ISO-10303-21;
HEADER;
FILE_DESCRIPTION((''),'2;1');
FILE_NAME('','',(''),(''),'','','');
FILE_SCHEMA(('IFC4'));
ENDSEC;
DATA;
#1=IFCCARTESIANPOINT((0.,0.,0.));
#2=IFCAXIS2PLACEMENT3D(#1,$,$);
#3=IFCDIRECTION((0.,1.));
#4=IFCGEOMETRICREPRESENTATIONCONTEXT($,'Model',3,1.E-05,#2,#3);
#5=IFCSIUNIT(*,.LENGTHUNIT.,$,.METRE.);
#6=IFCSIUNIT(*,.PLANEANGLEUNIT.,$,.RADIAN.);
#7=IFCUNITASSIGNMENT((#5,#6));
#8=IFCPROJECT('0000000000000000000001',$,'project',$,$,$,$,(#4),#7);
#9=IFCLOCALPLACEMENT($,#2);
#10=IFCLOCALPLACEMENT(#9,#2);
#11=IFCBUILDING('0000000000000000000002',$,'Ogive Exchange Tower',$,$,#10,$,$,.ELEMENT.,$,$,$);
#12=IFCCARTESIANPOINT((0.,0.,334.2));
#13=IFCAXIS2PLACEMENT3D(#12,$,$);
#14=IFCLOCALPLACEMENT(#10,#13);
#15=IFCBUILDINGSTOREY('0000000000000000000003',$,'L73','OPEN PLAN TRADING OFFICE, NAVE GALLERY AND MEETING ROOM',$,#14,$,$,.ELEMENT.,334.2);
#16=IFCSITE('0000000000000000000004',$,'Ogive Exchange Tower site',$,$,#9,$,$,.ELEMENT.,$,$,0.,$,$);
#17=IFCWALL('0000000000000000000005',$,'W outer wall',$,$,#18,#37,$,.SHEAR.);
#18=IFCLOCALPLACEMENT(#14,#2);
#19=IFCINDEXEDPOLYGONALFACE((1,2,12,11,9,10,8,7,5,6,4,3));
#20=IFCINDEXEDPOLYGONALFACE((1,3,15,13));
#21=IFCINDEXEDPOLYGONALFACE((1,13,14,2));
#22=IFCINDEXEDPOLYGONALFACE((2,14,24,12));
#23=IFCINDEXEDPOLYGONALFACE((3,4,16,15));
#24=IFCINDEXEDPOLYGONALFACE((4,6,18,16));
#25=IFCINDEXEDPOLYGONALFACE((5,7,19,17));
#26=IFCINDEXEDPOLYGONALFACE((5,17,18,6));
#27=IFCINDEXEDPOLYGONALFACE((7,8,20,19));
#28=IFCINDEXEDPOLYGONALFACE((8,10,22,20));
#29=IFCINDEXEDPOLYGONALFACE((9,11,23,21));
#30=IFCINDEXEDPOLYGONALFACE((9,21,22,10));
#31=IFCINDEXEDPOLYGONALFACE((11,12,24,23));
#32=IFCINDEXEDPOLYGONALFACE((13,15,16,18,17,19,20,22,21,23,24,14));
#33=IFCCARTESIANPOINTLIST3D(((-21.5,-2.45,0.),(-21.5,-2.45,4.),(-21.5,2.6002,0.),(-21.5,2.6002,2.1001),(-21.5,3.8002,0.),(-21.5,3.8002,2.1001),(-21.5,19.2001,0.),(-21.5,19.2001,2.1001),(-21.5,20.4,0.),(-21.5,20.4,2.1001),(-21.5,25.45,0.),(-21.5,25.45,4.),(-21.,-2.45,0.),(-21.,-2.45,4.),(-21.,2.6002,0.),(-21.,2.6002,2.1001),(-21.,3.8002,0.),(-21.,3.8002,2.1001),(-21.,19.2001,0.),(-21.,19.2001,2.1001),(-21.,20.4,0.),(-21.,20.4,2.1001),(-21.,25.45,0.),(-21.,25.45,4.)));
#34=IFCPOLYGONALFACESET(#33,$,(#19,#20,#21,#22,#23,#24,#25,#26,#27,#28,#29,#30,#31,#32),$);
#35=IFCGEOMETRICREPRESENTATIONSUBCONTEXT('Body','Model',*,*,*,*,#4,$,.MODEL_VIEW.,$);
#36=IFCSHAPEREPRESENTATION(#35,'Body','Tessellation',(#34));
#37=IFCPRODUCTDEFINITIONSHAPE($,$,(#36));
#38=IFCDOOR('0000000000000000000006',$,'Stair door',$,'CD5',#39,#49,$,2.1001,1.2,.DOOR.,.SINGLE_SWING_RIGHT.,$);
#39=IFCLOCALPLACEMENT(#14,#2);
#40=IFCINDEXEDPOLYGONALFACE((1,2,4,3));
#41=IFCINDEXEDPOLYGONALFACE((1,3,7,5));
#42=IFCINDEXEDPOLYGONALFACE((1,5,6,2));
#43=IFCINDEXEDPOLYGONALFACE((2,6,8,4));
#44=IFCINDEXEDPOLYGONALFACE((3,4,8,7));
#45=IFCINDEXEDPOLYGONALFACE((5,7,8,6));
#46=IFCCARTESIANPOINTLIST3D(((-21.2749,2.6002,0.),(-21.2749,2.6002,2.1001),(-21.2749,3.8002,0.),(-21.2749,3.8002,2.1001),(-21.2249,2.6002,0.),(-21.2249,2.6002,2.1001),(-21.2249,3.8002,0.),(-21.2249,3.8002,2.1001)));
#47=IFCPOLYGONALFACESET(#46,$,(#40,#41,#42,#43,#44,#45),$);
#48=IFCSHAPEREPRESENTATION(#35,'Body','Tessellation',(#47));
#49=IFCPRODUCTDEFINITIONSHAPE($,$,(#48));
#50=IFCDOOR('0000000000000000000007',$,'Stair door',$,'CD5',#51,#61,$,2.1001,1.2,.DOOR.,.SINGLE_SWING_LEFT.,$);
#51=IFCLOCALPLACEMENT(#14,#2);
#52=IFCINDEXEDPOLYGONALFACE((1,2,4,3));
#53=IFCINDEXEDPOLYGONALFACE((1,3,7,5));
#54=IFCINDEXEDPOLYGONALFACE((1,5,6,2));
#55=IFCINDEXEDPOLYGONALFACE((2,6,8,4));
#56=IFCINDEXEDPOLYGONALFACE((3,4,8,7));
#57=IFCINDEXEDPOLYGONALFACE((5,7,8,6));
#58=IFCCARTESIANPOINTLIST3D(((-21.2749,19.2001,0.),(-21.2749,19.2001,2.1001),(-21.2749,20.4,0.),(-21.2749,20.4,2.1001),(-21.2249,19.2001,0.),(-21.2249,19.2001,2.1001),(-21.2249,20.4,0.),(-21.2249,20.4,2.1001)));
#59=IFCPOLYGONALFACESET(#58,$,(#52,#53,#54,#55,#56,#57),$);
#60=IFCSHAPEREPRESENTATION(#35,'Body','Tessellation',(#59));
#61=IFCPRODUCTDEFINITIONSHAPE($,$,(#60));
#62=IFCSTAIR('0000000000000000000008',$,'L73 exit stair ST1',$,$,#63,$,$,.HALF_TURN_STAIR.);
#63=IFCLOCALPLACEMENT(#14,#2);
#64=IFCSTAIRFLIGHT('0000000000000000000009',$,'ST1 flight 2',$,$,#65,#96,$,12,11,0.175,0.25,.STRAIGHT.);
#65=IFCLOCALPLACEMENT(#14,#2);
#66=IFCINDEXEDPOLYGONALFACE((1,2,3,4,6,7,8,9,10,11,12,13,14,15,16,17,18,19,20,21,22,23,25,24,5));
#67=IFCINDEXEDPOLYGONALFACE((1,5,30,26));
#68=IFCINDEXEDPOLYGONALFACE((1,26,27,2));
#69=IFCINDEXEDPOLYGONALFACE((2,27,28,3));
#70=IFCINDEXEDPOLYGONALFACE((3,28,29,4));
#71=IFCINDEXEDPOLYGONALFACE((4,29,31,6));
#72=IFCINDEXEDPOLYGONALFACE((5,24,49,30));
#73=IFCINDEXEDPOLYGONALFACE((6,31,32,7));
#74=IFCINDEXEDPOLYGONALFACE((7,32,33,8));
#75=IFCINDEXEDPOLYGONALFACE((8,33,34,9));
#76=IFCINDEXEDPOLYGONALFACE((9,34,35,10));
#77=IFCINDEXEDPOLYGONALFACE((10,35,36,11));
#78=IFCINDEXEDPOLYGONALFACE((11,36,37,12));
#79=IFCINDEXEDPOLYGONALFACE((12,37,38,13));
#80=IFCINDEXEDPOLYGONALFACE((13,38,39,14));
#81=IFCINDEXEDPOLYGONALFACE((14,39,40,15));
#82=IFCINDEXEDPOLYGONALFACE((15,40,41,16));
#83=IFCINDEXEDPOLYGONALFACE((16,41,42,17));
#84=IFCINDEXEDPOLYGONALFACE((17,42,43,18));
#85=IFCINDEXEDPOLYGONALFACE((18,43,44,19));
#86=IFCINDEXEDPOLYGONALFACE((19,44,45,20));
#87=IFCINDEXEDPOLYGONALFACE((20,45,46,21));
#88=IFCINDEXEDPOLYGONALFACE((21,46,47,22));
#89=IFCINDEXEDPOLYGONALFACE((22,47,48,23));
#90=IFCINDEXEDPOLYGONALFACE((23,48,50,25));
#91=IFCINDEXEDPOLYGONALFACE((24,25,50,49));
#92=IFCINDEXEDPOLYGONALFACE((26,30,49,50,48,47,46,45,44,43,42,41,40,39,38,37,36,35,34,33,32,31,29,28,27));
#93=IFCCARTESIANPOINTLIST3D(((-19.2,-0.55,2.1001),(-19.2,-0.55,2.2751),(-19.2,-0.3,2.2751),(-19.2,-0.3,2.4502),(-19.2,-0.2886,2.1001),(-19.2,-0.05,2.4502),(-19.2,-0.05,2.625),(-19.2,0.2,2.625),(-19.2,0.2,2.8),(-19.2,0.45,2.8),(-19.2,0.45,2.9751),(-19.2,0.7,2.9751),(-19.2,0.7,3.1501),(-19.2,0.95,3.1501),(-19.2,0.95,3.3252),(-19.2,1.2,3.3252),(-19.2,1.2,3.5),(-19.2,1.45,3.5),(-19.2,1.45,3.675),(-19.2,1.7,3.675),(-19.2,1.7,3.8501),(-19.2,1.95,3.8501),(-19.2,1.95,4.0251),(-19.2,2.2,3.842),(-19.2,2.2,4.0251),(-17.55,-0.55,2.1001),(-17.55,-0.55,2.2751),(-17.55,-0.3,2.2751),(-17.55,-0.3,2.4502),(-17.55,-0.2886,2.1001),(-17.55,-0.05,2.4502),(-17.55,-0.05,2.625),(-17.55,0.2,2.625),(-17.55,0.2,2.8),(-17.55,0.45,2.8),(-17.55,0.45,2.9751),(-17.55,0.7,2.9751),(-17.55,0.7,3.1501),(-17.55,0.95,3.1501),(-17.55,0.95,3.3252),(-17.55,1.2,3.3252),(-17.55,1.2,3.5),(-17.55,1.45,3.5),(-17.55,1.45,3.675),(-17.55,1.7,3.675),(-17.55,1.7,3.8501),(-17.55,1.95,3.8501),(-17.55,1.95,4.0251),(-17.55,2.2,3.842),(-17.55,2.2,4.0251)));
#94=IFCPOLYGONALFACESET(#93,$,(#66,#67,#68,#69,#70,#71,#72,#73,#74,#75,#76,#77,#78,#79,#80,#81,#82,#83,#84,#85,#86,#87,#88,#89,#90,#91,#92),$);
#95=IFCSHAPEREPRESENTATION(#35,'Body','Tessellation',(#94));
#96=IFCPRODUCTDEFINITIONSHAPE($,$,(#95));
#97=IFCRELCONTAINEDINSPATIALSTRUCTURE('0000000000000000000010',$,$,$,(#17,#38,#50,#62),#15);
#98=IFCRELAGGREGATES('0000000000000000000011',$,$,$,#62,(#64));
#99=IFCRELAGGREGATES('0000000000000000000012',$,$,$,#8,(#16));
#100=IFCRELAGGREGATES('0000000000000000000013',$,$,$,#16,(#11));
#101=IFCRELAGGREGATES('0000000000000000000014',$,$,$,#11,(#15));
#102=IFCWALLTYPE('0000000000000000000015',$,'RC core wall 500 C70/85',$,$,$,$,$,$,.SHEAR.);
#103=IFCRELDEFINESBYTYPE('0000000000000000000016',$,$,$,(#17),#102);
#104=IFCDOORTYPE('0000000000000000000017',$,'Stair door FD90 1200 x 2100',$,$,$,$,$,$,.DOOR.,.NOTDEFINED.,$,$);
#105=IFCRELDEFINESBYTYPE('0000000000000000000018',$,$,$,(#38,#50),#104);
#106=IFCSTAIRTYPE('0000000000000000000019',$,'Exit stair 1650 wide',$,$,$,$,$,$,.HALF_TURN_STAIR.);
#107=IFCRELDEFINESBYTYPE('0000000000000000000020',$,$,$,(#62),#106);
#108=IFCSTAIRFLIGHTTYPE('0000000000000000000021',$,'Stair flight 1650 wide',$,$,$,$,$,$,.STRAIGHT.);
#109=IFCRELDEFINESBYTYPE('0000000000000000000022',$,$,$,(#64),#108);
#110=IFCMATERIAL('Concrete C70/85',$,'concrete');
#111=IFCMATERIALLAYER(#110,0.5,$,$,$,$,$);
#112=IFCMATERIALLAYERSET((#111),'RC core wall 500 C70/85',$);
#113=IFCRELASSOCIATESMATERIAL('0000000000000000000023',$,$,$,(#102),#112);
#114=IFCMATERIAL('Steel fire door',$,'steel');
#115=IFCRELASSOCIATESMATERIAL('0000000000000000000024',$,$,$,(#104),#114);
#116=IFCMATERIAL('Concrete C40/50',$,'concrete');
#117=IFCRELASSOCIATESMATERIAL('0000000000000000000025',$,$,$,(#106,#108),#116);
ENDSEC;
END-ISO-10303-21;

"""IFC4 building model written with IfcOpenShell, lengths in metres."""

from ifc_helpers import new_model, si_unit, direction, frame, frame_2d, origin, place, context, subcontext, project, spatial, polyline, rectangle, outline, extrude, material, layer, layer_set, type_object, element, fill, aggregate, save


model = new_model("IFC4")

# Units and contexts
model_context = context("Model", 3, precision=1e-05, world=origin(), true_north=direction((0.0, 1.0)))
body_context = subcontext(model_context, "Body", "Model", "MODEL_VIEW")
ifc_project = project(units=[si_unit("LENGTHUNIT", "METRE"), si_unit("PLANEANGLEUNIT", "RADIAN")], contexts=[model_context])

# Site, building, storey
site_placement = place(None, origin())
site = spatial("IfcSite", under=ifc_project, at=site_placement, Name="Ogive Exchange Tower site", CompositionType="ELEMENT", RefElevation=0.0)
building_placement = place(site_placement, origin())
building = spatial("IfcBuilding", under=site, at=building_placement, Name="Ogive Exchange Tower", CompositionType="ELEMENT")
storey_placement = place(building_placement, frame((0.0, 0.0, 334.2)))
storey = spatial("IfcBuildingStorey", under=building, at=storey_placement, Name="L73", Description="OPEN PLAN TRADING OFFICE, NAVE GALLERY AND MEETING ROOM", CompositionType="ELEMENT", Elevation=334.2)

# Shared definitions
ifc_material_1 = material(Name="Concrete C70/85", Category="concrete")

# Wall, openings, doors
ifc_layer_1 = layer(ifc_material_1, 0.5)
ifc_layer_set_1 = layer_set([ifc_layer_1], Name="RC core wall 500 C70/85")
wall_type_1 = type_object("IfcWallType", Name="RC core wall 500 C70/85", PredefinedType="SHEAR", material=ifc_layer_set_1)
wall_1_placement = place(storey_placement, frame((-21.25, -2.45, 0.0), z_axis=(0.0, 0.0, 1.0), x_axis=(0.0, 1.0, 0.0)))
wall_1 = element("IfcWall", 1, at=wall_1_placement, inside=storey, type_object=wall_type_1, Name="W outer wall", PredefinedType="SHEAR", context=body_context, shape_type="SweptSolid", body=[
    extrude(rectangle(XDim=27.8999, YDim=0.5, at=frame_2d((13.95, 0.0))), origin(), (0.0, 0.0, 1.0), 4.0),
])
opening_1_placement = place(wall_1_placement, frame((5.05, 0.0, 0.0)))
opening_1 = element("IfcOpeningElement", 2, at=opening_1_placement, cuts=wall_1, PredefinedType="OPENING", context=body_context, shape_type="SweptSolid", body=[
    extrude(rectangle(XDim=1.2, YDim=2.1001, at=frame_2d((0.6001, 1.05))), frame((0.0, 0.26, 0.0), z_axis=(0.0, -1.0, 0.0), x_axis=(1.0, 0.0, 0.0)), (0.0, 0.0, 1.0), 0.52),
])
opening_2_placement = place(wall_1_placement, frame((21.6499, 0.0, 0.0)))
opening_2 = element("IfcOpeningElement", 3, at=opening_2_placement, cuts=wall_1, PredefinedType="OPENING", context=body_context, shape_type="SweptSolid", body=[
    extrude(rectangle(XDim=1.2, YDim=2.1001, at=frame_2d((0.6001, 1.05))), frame((0.0, 0.26, 0.0), z_axis=(0.0, -1.0, 0.0), x_axis=(1.0, 0.0, 0.0)), (0.0, 0.0, 1.0), 0.52),
])
ifc_material_2 = material(Name="Steel fire door", Category="steel")
door_type_1 = type_object("IfcDoorType", Name="Stair door FD90 1200 x 2100", OperationType="NOTDEFINED", PredefinedType="DOOR", material=ifc_material_2)
door_1_placement = place(opening_1_placement, origin())
door_1 = element("IfcDoor", 4, at=door_1_placement, inside=storey, type_object=door_type_1, Name="Stair door", ObjectType="CD5", OperationType="SINGLE_SWING_RIGHT", OverallHeight=2.1001, OverallWidth=1.2, PredefinedType="DOOR", context=body_context, shape_type="SweptSolid", body=[
    extrude(rectangle(XDim=1.2, YDim=2.1001, at=frame_2d((0.6001, 1.05))), frame((0.0, 0.0249, 0.0), z_axis=(0.0, -1.0, 0.0), x_axis=(1.0, 0.0, 0.0)), (0.0, 0.0, 1.0), 0.05),
])
fill(opening_1, door_1)
door_2_placement = place(opening_2_placement, origin())
door_2 = element("IfcDoor", 5, at=door_2_placement, inside=storey, type_object=door_type_1, Name="Stair door", ObjectType="CD5", OperationType="SINGLE_SWING_LEFT", OverallHeight=2.1001, OverallWidth=1.2, PredefinedType="DOOR", context=body_context, shape_type="SweptSolid", body=[
    extrude(rectangle(XDim=1.2, YDim=2.1001, at=frame_2d((0.6001, 1.05))), frame((0.0, 0.0249, 0.0), z_axis=(0.0, -1.0, 0.0), x_axis=(1.0, 0.0, 0.0)), (0.0, 0.0, 1.0), 0.05),
])
fill(opening_2, door_2)

# Stair, stair flight
ifc_material_3 = material(Name="Concrete C40/50", Category="concrete")
stair_type = type_object("IfcStairType", Name="Exit stair 1650 wide", PredefinedType="HALF_TURN_STAIR", material=ifc_material_3)
stair_placement = place(storey_placement, origin())
stair = element("IfcStair", 6, at=stair_placement, inside=storey, type_object=stair_type, Name="L73 exit stair ST1", PredefinedType="HALF_TURN_STAIR")
stair_flight_type = type_object("IfcStairFlightType", Name="Stair flight 1650 wide", PredefinedType="STRAIGHT", material=ifc_material_3)
stair_flight_placement = place(storey_placement, frame((-18.375, -0.55, 2.1001), z_axis=(0.0, 0.0, 1.0), x_axis=(0.0, 1.0, 0.0)))
stair_flight = element("IfcStairFlight", 7, at=stair_flight_placement, type_object=stair_flight_type, Name="ST1 flight 2", NumberOfRisers=12, NumberOfTreads=11, PredefinedType="STRAIGHT", RiserHeight=0.175, TreadLength=0.25, context=body_context, shape_type="SweptSolid", body=[
    extrude(outline(polyline([(0.0, 0.0), (0.0, 0.175), (0.25, 0.175), (0.25, 0.3501), (0.5, 0.3501), (0.5, 0.5249), (0.75, 0.5249), (0.75, 0.7), (1.0, 0.7), (1.0, 0.875), (1.25, 0.875), (1.25, 1.05), (1.5, 1.05), (1.5, 1.2251), (1.75, 1.2251), (1.75, 1.3999), (2.0, 1.3999), (2.0, 1.575), (2.25, 1.575), (2.25, 1.75), (2.5, 1.75), (2.5, 1.925), (2.75, 1.925), (2.75, 2.1001), (2.75, 1.7419), (0.2615, 0.0), (0.0, 0.0)])), frame((0.0, 0.825, 0.0), z_axis=(0.0, -1.0, 0.0), x_axis=(1.0, 0.0, 0.0)), (0.0, 0.0, 1.0), 1.6499),
])
aggregate(stair, [stair_flight])

save(model, "model.ifc")
